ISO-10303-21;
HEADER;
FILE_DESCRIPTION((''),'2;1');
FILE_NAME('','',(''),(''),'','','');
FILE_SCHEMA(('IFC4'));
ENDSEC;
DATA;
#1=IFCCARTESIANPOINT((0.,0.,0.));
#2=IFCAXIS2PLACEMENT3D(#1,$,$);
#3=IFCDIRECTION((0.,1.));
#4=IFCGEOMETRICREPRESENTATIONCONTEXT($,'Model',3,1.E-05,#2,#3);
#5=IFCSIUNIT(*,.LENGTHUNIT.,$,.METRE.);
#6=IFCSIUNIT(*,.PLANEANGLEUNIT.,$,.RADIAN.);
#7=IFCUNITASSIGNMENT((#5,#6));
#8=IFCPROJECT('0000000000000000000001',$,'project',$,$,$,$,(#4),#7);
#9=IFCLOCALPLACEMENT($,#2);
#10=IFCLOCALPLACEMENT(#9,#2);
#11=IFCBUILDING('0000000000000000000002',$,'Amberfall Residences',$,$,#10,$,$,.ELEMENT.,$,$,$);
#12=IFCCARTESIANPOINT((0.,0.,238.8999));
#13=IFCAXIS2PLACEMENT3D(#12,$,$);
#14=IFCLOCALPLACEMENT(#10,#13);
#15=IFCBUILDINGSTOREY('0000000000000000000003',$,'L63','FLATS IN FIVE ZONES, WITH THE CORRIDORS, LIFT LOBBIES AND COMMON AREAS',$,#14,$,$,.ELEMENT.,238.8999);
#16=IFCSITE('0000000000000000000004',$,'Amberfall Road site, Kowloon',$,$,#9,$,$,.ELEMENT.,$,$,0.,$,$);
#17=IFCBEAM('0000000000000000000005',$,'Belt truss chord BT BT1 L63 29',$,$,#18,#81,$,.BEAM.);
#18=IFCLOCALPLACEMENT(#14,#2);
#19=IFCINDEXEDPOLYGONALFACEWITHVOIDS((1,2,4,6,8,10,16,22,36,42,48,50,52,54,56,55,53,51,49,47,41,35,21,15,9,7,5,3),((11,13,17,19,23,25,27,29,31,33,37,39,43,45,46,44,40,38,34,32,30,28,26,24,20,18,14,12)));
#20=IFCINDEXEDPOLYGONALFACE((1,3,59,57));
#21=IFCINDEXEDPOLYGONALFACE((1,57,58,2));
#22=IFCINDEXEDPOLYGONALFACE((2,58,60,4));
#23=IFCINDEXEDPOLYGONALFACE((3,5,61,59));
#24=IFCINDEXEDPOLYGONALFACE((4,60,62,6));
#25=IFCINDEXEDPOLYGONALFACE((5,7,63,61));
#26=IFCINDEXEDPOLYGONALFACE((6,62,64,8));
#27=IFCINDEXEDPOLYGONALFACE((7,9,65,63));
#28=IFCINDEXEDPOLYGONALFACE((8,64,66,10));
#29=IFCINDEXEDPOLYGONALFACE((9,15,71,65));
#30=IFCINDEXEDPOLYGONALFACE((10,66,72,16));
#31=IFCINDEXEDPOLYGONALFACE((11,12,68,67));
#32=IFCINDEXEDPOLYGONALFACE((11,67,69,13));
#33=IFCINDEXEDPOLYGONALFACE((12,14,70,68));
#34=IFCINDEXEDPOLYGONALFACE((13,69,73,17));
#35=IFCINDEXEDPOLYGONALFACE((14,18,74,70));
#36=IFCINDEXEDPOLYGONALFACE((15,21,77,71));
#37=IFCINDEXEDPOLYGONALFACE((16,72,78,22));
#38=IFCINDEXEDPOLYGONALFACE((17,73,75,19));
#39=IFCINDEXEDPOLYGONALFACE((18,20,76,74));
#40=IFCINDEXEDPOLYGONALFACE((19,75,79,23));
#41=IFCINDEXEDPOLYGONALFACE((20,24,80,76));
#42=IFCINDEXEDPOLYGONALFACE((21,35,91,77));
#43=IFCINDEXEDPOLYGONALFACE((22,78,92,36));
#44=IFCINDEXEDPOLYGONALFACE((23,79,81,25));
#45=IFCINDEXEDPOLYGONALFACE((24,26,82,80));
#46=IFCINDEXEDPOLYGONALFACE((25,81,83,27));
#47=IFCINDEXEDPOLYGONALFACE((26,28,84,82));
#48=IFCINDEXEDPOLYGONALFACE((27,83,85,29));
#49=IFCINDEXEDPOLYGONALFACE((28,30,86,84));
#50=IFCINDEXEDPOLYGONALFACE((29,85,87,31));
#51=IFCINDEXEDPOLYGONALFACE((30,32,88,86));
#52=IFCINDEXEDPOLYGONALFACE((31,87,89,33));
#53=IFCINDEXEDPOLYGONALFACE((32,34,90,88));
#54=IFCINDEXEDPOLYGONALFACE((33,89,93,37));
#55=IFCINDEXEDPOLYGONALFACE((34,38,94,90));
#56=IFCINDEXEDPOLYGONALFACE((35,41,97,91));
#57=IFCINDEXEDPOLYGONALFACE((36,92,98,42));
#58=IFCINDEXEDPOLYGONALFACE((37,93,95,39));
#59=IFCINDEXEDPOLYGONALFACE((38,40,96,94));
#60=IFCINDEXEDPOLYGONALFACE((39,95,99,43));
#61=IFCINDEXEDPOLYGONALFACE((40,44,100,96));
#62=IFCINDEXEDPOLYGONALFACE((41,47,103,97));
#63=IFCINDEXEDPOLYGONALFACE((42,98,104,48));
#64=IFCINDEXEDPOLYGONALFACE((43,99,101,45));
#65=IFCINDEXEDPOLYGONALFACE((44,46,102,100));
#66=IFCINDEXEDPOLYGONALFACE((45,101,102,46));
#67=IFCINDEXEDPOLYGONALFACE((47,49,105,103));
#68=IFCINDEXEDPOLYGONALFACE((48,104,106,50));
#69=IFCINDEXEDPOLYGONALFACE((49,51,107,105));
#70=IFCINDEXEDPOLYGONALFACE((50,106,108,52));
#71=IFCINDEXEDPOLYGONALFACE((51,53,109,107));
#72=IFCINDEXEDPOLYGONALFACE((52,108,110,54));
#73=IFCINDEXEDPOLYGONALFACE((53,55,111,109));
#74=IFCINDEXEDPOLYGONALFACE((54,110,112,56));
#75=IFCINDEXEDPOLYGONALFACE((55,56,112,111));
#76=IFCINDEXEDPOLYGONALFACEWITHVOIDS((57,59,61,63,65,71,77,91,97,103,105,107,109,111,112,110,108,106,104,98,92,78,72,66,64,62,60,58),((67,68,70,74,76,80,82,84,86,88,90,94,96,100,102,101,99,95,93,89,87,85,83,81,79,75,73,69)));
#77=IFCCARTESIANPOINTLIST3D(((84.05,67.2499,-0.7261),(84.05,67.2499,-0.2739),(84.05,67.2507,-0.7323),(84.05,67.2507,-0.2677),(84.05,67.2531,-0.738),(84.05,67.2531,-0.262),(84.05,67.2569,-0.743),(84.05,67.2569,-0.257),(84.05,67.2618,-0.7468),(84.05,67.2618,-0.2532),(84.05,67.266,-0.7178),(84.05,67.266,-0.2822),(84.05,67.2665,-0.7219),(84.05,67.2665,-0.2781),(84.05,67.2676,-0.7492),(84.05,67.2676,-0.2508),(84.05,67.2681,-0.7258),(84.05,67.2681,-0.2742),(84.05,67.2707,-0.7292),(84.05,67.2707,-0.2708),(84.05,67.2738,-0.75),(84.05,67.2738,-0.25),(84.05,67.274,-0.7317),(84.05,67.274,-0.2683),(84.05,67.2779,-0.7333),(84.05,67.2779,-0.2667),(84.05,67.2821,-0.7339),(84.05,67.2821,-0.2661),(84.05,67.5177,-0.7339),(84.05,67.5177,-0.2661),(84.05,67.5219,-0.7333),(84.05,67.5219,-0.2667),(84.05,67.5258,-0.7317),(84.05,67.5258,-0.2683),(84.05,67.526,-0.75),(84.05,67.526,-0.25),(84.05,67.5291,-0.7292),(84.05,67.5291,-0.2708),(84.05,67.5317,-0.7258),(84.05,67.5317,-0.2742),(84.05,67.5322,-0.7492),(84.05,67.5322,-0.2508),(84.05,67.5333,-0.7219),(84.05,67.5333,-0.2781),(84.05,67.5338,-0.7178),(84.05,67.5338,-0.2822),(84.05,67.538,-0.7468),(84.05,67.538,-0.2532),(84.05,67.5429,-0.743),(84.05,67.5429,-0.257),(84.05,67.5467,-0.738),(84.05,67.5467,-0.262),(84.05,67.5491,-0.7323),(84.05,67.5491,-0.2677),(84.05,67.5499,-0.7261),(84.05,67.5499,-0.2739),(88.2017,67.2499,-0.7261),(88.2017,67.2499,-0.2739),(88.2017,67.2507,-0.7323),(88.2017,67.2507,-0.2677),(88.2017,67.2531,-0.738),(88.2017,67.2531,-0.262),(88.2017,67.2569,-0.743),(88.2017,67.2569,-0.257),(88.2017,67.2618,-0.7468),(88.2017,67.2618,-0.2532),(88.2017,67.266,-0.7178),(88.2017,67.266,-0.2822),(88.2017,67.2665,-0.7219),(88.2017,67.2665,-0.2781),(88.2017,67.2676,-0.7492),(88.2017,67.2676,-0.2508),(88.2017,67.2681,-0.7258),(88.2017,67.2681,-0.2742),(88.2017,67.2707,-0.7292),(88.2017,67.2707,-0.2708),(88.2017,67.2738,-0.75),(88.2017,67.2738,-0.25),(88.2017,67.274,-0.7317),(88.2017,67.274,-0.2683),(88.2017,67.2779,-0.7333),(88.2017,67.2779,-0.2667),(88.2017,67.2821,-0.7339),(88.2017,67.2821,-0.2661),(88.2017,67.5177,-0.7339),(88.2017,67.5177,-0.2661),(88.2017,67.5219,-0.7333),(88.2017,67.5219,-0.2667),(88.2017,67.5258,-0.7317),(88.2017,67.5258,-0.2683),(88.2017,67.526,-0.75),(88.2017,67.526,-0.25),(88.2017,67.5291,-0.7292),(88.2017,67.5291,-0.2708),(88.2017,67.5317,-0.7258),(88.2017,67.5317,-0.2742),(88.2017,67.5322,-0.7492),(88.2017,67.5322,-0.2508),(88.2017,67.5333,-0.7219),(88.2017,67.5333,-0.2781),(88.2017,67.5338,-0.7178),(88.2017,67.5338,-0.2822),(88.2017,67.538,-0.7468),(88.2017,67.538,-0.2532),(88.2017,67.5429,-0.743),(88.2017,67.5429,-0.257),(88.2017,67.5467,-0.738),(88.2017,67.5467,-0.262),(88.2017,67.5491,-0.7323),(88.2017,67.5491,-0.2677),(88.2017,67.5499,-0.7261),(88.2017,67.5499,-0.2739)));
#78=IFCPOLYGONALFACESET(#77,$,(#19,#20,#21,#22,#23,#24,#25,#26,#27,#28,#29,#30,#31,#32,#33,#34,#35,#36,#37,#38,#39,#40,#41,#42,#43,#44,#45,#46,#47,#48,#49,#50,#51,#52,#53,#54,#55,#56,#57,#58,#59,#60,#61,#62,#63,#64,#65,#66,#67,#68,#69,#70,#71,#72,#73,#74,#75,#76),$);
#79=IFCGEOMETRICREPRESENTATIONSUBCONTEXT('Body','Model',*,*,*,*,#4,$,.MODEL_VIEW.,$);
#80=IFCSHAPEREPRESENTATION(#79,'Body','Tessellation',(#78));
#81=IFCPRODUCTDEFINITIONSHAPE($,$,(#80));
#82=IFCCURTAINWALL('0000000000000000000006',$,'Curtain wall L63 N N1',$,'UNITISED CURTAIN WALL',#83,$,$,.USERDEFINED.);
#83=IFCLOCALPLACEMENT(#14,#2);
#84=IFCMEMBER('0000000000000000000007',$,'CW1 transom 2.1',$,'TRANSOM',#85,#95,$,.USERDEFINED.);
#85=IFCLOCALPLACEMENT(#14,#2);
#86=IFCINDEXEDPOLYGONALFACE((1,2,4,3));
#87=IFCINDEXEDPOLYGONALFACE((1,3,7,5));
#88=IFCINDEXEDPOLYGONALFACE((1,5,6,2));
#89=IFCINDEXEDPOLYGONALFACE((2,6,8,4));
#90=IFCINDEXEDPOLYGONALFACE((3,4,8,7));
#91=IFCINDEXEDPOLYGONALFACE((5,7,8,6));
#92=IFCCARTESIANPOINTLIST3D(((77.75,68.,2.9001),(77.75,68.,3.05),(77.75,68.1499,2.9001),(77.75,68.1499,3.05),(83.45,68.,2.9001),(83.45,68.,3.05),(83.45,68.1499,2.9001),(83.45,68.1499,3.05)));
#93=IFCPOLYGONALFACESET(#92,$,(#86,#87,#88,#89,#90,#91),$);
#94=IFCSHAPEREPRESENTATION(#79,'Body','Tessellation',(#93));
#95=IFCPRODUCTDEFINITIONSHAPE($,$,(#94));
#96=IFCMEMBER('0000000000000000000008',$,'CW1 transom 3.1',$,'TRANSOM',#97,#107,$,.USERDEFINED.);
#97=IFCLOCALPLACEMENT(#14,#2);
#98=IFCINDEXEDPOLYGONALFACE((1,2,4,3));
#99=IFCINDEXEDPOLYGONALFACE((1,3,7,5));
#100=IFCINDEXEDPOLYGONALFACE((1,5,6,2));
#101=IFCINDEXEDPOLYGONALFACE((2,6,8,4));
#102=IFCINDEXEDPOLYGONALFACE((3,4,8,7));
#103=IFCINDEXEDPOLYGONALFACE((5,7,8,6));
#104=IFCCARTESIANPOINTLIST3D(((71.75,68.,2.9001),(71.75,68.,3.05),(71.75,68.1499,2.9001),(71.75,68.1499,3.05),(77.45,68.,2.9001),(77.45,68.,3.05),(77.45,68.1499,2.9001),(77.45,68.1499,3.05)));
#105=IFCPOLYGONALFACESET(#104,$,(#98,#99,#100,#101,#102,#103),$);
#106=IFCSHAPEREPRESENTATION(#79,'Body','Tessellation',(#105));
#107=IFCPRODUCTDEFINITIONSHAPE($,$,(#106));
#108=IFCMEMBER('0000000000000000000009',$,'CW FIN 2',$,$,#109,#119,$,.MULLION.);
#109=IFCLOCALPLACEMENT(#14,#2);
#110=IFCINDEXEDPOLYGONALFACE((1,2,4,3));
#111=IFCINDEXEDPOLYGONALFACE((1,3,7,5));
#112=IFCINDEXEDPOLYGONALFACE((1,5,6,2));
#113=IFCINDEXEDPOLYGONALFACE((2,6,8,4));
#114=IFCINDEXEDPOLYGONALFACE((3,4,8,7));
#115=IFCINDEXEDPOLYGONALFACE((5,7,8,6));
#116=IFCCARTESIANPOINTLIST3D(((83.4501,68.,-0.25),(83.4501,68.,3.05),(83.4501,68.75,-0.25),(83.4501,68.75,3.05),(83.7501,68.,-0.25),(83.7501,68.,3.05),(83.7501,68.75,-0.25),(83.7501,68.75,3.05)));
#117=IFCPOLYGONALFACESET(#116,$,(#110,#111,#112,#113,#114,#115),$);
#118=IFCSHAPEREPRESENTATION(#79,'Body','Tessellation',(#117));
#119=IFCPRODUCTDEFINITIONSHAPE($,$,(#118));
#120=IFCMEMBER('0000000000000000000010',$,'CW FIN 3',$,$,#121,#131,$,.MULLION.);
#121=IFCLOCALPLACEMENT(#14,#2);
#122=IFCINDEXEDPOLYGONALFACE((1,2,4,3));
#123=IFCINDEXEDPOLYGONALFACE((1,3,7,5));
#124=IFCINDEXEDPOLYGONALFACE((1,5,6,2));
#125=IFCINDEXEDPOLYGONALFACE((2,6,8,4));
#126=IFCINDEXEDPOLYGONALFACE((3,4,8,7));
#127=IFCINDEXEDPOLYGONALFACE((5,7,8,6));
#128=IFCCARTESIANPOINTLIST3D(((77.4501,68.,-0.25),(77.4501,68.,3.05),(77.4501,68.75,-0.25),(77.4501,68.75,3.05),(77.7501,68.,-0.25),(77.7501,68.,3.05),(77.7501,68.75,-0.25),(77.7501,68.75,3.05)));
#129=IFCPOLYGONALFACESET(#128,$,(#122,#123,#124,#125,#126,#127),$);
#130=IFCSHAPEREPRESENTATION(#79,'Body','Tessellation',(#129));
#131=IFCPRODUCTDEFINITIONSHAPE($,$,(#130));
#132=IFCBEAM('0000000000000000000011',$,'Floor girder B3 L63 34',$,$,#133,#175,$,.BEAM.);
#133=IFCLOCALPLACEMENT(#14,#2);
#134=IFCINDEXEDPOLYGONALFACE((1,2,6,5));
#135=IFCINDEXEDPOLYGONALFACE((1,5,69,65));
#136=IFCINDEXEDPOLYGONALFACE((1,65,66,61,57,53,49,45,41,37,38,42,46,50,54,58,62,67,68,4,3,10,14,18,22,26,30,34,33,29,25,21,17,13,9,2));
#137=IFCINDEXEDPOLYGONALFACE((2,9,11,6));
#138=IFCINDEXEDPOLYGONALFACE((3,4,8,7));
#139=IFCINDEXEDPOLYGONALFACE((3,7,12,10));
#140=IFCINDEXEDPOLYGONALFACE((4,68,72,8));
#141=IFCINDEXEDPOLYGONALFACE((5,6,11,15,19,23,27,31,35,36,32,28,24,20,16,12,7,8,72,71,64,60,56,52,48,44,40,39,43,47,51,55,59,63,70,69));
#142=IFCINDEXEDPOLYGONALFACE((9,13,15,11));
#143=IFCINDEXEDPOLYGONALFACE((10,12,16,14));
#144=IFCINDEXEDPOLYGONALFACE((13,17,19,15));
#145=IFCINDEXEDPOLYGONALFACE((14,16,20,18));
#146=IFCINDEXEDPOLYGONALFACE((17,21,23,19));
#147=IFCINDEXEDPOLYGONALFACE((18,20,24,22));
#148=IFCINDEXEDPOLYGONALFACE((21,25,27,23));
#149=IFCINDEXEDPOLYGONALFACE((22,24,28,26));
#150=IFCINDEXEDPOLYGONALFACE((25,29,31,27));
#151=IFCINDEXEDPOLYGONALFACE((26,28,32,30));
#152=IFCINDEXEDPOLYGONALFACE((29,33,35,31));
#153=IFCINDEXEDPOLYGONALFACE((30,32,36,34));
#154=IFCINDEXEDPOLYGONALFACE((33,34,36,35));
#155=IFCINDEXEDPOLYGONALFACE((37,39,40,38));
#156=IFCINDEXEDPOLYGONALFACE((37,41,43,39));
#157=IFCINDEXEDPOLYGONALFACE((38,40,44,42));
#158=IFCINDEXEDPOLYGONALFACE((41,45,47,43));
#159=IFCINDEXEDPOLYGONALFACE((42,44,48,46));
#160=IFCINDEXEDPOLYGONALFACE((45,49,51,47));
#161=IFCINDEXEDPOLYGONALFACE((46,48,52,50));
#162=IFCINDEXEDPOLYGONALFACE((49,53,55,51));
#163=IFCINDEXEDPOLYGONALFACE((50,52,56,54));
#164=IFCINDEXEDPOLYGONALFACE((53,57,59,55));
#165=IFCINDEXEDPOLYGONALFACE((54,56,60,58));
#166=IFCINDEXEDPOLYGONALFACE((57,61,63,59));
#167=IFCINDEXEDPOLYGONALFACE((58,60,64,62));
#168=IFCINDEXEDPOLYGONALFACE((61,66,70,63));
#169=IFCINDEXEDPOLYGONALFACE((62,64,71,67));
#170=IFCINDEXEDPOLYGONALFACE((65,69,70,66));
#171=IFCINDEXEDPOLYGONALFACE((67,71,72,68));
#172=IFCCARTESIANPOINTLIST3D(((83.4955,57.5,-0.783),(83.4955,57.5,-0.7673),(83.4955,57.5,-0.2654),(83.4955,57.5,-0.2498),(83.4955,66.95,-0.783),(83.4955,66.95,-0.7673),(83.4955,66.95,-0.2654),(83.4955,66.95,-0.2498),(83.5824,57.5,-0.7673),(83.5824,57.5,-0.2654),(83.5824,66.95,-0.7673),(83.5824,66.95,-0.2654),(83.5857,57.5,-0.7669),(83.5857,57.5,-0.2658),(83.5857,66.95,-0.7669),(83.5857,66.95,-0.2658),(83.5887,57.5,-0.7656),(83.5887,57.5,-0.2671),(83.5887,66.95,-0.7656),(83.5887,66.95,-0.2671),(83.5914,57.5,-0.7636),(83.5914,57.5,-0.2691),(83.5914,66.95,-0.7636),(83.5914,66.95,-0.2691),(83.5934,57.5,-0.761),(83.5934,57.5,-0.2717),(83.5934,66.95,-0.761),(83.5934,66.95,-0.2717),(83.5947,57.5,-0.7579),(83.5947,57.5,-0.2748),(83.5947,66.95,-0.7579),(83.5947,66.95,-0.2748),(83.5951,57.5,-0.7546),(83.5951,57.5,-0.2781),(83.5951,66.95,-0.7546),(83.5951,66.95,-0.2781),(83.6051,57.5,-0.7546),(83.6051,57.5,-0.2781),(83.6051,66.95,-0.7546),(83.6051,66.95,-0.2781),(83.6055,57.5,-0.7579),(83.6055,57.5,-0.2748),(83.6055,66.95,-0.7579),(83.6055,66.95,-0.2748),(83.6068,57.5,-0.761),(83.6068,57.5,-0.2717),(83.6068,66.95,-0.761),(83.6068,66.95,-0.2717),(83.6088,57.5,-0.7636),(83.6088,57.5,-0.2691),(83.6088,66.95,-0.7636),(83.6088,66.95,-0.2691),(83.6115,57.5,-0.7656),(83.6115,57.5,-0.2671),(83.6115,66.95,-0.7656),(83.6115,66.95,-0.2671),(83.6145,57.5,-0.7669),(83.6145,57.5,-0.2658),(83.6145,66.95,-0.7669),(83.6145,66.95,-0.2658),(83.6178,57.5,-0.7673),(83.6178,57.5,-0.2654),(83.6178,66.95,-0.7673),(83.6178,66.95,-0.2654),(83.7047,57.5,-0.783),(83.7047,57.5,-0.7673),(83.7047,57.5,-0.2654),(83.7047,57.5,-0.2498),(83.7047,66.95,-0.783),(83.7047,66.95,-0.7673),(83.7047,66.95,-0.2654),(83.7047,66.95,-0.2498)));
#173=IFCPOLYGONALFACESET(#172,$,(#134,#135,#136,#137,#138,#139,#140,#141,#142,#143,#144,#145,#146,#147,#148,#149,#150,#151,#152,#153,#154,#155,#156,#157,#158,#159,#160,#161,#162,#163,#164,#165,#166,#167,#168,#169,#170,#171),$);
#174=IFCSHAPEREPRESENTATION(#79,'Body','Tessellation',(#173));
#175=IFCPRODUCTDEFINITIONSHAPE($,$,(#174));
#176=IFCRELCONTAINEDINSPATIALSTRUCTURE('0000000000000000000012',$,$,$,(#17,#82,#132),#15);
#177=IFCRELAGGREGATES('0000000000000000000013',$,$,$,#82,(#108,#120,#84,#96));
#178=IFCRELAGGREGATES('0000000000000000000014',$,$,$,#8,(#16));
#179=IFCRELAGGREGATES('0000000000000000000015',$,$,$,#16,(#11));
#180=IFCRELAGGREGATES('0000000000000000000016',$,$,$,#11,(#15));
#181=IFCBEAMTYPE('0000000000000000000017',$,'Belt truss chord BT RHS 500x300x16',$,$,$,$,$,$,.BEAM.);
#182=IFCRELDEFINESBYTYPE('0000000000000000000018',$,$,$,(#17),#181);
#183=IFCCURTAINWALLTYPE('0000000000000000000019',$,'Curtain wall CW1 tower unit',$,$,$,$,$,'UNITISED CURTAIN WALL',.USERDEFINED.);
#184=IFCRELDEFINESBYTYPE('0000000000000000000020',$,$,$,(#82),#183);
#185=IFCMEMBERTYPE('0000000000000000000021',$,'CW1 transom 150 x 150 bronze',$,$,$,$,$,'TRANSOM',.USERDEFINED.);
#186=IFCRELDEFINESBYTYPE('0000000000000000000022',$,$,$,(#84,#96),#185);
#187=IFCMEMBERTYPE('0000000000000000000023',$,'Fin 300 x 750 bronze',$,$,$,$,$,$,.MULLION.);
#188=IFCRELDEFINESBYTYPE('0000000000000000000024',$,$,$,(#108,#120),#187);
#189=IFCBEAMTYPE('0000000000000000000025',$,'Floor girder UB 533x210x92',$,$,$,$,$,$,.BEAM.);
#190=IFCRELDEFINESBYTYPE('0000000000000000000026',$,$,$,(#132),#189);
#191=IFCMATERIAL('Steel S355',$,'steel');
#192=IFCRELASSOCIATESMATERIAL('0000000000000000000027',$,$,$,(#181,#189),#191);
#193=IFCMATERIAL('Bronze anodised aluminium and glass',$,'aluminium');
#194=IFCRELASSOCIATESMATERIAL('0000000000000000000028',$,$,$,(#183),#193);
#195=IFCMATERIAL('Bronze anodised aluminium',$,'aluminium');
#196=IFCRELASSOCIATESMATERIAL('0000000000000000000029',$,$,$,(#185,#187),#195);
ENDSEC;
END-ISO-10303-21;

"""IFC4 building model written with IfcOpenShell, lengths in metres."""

from ifc_helpers import new_model, si_unit, direction, frame, origin, origin_2d, place, context, subcontext, project, spatial, rectangle, hollow_rectangle, i_section, extrude, material, material_profile, profile_set, type_object, element, aggregate, save


model = new_model("IFC4")

# Units and contexts
model_context = context("Model", 3, precision=1e-05, world=origin(), true_north=direction((0.0, 1.0)))
body_context = subcontext(model_context, "Body", "Model", "MODEL_VIEW")
ifc_project = project(units=[si_unit("LENGTHUNIT", "METRE"), si_unit("PLANEANGLEUNIT", "RADIAN")], contexts=[model_context])

# Site, building, storey
site_placement = place(None, origin())
site = spatial("IfcSite", under=ifc_project, at=site_placement, Name="Amberfall Road site, Kowloon", CompositionType="ELEMENT", RefElevation=0.0)
building_placement = place(site_placement, origin())
building = spatial("IfcBuilding", under=site, at=building_placement, Name="Amberfall Residences", CompositionType="ELEMENT")
storey_placement = place(building_placement, frame((0.0, 0.0, 238.8999)))
storey = spatial("IfcBuildingStorey", under=building, at=storey_placement, Name="L63", Description="FLATS IN FIVE ZONES, WITH THE CORRIDORS, LIFT LOBBIES AND COMMON AREAS", CompositionType="ELEMENT", Elevation=238.8999)

# Beam
ifc_material_1 = material(Name="Steel S355", Category="steel")
ifc_material_profile_1 = material_profile(ifc_material_1, hollow_rectangle(XDim=0.3, YDim=0.5, WallThickness=0.0161, InnerFilletRadius=0.0161, OuterFilletRadius=0.0239, at=origin_2d()), Name="RHS 500x300x16")
ifc_profile_set_1 = profile_set([ifc_material_profile_1], Name="Steel S355")
beam_type_1 = type_object("IfcBeamType", Name="Belt truss chord BT RHS 500x300x16", PredefinedType="BEAM", material=ifc_profile_set_1)
beam_1_placement = place(storey_placement, frame((84.05, 67.3999, -0.5), z_axis=(1.0, 0.0, 0.0), x_axis=(0.0, 1.0, 0.0)))
element("IfcBeam", 1, at=beam_1_placement, inside=storey, type_object=beam_type_1, Name="Belt truss chord BT BT1 L63 29", PredefinedType="BEAM", context=body_context, shape_type="SweptSolid", body=[
    extrude(hollow_rectangle(XDim=0.3, YDim=0.5, WallThickness=0.0161, InnerFilletRadius=0.0161, OuterFilletRadius=0.0239, at=origin_2d()), origin(), (0.0, 0.0, 1.0), 4.1516),
])

# Curtain wall, members
ifc_material_2 = material(Name="Bronze anodised aluminium and glass", Category="aluminium")
curtain_wall_type = type_object("IfcCurtainWallType", Name="Curtain wall CW1 tower unit", ElementType="UNITISED CURTAIN WALL", PredefinedType="USERDEFINED", material=ifc_material_2)
curtain_wall_placement = place(storey_placement, origin())
curtain_wall = element("IfcCurtainWall", 2, at=curtain_wall_placement, inside=storey, type_object=curtain_wall_type, Name="Curtain wall L63 N N1", ObjectType="UNITISED CURTAIN WALL", PredefinedType="USERDEFINED")
ifc_material_3 = material(Name="Bronze anodised aluminium", Category="aluminium")
ifc_material_profile_2 = material_profile(ifc_material_3, rectangle(XDim=0.1499, YDim=0.1499, at=origin_2d()), Name="CW1 transom 150 x 150 bronze")
ifc_profile_set_2 = profile_set([ifc_material_profile_2], Name="Bronze anodised aluminium")
member_type_1 = type_object("IfcMemberType", Name="CW1 transom 150 x 150 bronze", ElementType="TRANSOM", PredefinedType="USERDEFINED", material=ifc_profile_set_2)
member_1_placement = place(storey_placement, frame((83.45, 68.075, 2.9751), z_axis=(-1.0, 0.0, 0.0), x_axis=(0.0, -1.0, 0.0)))
member_1 = element("IfcMember", 3, at=member_1_placement, type_object=member_type_1, Name="CW1 transom 2.1", ObjectType="TRANSOM", PredefinedType="USERDEFINED", context=body_context, shape_type="SweptSolid", body=[
    extrude(rectangle(XDim=0.1499, YDim=0.1499, at=origin_2d()), origin(), (0.0, 0.0, 1.0), 5.7),
])
member_2_placement = place(storey_placement, frame((77.45, 68.075, 2.9751), z_axis=(-1.0, 0.0, 0.0), x_axis=(0.0, -1.0, 0.0)))
member_2 = element("IfcMember", 4, at=member_2_placement, type_object=member_type_1, Name="CW1 transom 3.1", ObjectType="TRANSOM", PredefinedType="USERDEFINED", context=body_context, shape_type="SweptSolid", body=[
    extrude(rectangle(XDim=0.1499, YDim=0.1499, at=origin_2d()), origin(), (0.0, 0.0, 1.0), 5.7),
])
ifc_material_profile_3 = material_profile(ifc_material_3, rectangle(XDim=0.75, YDim=0.3, at=origin_2d()), Name="Fin 300 x 750 bronze")
ifc_profile_set_3 = profile_set([ifc_material_profile_3], Name="Bronze anodised aluminium")
member_type_2 = type_object("IfcMemberType", Name="Fin 300 x 750 bronze", PredefinedType="MULLION", material=ifc_profile_set_3)
member_3_placement = place(storey_placement, frame((83.6001, 68.375, -0.25), z_axis=(0.0, 0.0, 1.0), x_axis=(0.0, -1.0, 0.0)))
member_3 = element("IfcMember", 5, at=member_3_placement, type_object=member_type_2, Name="CW FIN 2", PredefinedType="MULLION", context=body_context, shape_type="SweptSolid", body=[
    extrude(rectangle(XDim=0.75, YDim=0.3, at=origin_2d()), origin(), (0.0, 0.0, 1.0), 3.3),
])
member_4_placement = place(storey_placement, frame((77.6001, 68.375, -0.25), z_axis=(0.0, 0.0, 1.0), x_axis=(0.0, -1.0, 0.0)))
member_4 = element("IfcMember", 6, at=member_4_placement, type_object=member_type_2, Name="CW FIN 3", PredefinedType="MULLION", context=body_context, shape_type="SweptSolid", body=[
    extrude(rectangle(XDim=0.75, YDim=0.3, at=origin_2d()), origin(), (0.0, 0.0, 1.0), 3.3),
])

# Beam
ifc_material_profile_4 = material_profile(ifc_material_1, i_section(OverallWidth=0.2092, OverallDepth=0.5332, WebThickness=0.01, FlangeThickness=0.0156, FilletRadius=0.0127, at=origin_2d()), Name="UB 533x210x92")
ifc_profile_set_4 = profile_set([ifc_material_profile_4], Name="Steel S355")
beam_type_2 = type_object("IfcBeamType", Name="Floor girder UB 533x210x92", PredefinedType="BEAM", material=ifc_profile_set_4)
beam_2_placement = place(storey_placement, frame((83.6001, 66.95, -0.5164), z_axis=(0.0, -1.0, 0.0), x_axis=(1.0, 0.0, 0.0)))
element("IfcBeam", 7, at=beam_2_placement, inside=storey, type_object=beam_type_2, Name="Floor girder B3 L63 34", PredefinedType="BEAM", context=body_context, shape_type="SweptSolid", body=[
    extrude(i_section(OverallWidth=0.2092, OverallDepth=0.5332, WebThickness=0.01, FlangeThickness=0.0156, FilletRadius=0.0127, at=origin_2d()), origin(), (0.0, 0.0, 1.0), 9.45),
])

aggregate(curtain_wall, [member_3, member_4, member_1, member_2])

save(model, "model.ifc")
